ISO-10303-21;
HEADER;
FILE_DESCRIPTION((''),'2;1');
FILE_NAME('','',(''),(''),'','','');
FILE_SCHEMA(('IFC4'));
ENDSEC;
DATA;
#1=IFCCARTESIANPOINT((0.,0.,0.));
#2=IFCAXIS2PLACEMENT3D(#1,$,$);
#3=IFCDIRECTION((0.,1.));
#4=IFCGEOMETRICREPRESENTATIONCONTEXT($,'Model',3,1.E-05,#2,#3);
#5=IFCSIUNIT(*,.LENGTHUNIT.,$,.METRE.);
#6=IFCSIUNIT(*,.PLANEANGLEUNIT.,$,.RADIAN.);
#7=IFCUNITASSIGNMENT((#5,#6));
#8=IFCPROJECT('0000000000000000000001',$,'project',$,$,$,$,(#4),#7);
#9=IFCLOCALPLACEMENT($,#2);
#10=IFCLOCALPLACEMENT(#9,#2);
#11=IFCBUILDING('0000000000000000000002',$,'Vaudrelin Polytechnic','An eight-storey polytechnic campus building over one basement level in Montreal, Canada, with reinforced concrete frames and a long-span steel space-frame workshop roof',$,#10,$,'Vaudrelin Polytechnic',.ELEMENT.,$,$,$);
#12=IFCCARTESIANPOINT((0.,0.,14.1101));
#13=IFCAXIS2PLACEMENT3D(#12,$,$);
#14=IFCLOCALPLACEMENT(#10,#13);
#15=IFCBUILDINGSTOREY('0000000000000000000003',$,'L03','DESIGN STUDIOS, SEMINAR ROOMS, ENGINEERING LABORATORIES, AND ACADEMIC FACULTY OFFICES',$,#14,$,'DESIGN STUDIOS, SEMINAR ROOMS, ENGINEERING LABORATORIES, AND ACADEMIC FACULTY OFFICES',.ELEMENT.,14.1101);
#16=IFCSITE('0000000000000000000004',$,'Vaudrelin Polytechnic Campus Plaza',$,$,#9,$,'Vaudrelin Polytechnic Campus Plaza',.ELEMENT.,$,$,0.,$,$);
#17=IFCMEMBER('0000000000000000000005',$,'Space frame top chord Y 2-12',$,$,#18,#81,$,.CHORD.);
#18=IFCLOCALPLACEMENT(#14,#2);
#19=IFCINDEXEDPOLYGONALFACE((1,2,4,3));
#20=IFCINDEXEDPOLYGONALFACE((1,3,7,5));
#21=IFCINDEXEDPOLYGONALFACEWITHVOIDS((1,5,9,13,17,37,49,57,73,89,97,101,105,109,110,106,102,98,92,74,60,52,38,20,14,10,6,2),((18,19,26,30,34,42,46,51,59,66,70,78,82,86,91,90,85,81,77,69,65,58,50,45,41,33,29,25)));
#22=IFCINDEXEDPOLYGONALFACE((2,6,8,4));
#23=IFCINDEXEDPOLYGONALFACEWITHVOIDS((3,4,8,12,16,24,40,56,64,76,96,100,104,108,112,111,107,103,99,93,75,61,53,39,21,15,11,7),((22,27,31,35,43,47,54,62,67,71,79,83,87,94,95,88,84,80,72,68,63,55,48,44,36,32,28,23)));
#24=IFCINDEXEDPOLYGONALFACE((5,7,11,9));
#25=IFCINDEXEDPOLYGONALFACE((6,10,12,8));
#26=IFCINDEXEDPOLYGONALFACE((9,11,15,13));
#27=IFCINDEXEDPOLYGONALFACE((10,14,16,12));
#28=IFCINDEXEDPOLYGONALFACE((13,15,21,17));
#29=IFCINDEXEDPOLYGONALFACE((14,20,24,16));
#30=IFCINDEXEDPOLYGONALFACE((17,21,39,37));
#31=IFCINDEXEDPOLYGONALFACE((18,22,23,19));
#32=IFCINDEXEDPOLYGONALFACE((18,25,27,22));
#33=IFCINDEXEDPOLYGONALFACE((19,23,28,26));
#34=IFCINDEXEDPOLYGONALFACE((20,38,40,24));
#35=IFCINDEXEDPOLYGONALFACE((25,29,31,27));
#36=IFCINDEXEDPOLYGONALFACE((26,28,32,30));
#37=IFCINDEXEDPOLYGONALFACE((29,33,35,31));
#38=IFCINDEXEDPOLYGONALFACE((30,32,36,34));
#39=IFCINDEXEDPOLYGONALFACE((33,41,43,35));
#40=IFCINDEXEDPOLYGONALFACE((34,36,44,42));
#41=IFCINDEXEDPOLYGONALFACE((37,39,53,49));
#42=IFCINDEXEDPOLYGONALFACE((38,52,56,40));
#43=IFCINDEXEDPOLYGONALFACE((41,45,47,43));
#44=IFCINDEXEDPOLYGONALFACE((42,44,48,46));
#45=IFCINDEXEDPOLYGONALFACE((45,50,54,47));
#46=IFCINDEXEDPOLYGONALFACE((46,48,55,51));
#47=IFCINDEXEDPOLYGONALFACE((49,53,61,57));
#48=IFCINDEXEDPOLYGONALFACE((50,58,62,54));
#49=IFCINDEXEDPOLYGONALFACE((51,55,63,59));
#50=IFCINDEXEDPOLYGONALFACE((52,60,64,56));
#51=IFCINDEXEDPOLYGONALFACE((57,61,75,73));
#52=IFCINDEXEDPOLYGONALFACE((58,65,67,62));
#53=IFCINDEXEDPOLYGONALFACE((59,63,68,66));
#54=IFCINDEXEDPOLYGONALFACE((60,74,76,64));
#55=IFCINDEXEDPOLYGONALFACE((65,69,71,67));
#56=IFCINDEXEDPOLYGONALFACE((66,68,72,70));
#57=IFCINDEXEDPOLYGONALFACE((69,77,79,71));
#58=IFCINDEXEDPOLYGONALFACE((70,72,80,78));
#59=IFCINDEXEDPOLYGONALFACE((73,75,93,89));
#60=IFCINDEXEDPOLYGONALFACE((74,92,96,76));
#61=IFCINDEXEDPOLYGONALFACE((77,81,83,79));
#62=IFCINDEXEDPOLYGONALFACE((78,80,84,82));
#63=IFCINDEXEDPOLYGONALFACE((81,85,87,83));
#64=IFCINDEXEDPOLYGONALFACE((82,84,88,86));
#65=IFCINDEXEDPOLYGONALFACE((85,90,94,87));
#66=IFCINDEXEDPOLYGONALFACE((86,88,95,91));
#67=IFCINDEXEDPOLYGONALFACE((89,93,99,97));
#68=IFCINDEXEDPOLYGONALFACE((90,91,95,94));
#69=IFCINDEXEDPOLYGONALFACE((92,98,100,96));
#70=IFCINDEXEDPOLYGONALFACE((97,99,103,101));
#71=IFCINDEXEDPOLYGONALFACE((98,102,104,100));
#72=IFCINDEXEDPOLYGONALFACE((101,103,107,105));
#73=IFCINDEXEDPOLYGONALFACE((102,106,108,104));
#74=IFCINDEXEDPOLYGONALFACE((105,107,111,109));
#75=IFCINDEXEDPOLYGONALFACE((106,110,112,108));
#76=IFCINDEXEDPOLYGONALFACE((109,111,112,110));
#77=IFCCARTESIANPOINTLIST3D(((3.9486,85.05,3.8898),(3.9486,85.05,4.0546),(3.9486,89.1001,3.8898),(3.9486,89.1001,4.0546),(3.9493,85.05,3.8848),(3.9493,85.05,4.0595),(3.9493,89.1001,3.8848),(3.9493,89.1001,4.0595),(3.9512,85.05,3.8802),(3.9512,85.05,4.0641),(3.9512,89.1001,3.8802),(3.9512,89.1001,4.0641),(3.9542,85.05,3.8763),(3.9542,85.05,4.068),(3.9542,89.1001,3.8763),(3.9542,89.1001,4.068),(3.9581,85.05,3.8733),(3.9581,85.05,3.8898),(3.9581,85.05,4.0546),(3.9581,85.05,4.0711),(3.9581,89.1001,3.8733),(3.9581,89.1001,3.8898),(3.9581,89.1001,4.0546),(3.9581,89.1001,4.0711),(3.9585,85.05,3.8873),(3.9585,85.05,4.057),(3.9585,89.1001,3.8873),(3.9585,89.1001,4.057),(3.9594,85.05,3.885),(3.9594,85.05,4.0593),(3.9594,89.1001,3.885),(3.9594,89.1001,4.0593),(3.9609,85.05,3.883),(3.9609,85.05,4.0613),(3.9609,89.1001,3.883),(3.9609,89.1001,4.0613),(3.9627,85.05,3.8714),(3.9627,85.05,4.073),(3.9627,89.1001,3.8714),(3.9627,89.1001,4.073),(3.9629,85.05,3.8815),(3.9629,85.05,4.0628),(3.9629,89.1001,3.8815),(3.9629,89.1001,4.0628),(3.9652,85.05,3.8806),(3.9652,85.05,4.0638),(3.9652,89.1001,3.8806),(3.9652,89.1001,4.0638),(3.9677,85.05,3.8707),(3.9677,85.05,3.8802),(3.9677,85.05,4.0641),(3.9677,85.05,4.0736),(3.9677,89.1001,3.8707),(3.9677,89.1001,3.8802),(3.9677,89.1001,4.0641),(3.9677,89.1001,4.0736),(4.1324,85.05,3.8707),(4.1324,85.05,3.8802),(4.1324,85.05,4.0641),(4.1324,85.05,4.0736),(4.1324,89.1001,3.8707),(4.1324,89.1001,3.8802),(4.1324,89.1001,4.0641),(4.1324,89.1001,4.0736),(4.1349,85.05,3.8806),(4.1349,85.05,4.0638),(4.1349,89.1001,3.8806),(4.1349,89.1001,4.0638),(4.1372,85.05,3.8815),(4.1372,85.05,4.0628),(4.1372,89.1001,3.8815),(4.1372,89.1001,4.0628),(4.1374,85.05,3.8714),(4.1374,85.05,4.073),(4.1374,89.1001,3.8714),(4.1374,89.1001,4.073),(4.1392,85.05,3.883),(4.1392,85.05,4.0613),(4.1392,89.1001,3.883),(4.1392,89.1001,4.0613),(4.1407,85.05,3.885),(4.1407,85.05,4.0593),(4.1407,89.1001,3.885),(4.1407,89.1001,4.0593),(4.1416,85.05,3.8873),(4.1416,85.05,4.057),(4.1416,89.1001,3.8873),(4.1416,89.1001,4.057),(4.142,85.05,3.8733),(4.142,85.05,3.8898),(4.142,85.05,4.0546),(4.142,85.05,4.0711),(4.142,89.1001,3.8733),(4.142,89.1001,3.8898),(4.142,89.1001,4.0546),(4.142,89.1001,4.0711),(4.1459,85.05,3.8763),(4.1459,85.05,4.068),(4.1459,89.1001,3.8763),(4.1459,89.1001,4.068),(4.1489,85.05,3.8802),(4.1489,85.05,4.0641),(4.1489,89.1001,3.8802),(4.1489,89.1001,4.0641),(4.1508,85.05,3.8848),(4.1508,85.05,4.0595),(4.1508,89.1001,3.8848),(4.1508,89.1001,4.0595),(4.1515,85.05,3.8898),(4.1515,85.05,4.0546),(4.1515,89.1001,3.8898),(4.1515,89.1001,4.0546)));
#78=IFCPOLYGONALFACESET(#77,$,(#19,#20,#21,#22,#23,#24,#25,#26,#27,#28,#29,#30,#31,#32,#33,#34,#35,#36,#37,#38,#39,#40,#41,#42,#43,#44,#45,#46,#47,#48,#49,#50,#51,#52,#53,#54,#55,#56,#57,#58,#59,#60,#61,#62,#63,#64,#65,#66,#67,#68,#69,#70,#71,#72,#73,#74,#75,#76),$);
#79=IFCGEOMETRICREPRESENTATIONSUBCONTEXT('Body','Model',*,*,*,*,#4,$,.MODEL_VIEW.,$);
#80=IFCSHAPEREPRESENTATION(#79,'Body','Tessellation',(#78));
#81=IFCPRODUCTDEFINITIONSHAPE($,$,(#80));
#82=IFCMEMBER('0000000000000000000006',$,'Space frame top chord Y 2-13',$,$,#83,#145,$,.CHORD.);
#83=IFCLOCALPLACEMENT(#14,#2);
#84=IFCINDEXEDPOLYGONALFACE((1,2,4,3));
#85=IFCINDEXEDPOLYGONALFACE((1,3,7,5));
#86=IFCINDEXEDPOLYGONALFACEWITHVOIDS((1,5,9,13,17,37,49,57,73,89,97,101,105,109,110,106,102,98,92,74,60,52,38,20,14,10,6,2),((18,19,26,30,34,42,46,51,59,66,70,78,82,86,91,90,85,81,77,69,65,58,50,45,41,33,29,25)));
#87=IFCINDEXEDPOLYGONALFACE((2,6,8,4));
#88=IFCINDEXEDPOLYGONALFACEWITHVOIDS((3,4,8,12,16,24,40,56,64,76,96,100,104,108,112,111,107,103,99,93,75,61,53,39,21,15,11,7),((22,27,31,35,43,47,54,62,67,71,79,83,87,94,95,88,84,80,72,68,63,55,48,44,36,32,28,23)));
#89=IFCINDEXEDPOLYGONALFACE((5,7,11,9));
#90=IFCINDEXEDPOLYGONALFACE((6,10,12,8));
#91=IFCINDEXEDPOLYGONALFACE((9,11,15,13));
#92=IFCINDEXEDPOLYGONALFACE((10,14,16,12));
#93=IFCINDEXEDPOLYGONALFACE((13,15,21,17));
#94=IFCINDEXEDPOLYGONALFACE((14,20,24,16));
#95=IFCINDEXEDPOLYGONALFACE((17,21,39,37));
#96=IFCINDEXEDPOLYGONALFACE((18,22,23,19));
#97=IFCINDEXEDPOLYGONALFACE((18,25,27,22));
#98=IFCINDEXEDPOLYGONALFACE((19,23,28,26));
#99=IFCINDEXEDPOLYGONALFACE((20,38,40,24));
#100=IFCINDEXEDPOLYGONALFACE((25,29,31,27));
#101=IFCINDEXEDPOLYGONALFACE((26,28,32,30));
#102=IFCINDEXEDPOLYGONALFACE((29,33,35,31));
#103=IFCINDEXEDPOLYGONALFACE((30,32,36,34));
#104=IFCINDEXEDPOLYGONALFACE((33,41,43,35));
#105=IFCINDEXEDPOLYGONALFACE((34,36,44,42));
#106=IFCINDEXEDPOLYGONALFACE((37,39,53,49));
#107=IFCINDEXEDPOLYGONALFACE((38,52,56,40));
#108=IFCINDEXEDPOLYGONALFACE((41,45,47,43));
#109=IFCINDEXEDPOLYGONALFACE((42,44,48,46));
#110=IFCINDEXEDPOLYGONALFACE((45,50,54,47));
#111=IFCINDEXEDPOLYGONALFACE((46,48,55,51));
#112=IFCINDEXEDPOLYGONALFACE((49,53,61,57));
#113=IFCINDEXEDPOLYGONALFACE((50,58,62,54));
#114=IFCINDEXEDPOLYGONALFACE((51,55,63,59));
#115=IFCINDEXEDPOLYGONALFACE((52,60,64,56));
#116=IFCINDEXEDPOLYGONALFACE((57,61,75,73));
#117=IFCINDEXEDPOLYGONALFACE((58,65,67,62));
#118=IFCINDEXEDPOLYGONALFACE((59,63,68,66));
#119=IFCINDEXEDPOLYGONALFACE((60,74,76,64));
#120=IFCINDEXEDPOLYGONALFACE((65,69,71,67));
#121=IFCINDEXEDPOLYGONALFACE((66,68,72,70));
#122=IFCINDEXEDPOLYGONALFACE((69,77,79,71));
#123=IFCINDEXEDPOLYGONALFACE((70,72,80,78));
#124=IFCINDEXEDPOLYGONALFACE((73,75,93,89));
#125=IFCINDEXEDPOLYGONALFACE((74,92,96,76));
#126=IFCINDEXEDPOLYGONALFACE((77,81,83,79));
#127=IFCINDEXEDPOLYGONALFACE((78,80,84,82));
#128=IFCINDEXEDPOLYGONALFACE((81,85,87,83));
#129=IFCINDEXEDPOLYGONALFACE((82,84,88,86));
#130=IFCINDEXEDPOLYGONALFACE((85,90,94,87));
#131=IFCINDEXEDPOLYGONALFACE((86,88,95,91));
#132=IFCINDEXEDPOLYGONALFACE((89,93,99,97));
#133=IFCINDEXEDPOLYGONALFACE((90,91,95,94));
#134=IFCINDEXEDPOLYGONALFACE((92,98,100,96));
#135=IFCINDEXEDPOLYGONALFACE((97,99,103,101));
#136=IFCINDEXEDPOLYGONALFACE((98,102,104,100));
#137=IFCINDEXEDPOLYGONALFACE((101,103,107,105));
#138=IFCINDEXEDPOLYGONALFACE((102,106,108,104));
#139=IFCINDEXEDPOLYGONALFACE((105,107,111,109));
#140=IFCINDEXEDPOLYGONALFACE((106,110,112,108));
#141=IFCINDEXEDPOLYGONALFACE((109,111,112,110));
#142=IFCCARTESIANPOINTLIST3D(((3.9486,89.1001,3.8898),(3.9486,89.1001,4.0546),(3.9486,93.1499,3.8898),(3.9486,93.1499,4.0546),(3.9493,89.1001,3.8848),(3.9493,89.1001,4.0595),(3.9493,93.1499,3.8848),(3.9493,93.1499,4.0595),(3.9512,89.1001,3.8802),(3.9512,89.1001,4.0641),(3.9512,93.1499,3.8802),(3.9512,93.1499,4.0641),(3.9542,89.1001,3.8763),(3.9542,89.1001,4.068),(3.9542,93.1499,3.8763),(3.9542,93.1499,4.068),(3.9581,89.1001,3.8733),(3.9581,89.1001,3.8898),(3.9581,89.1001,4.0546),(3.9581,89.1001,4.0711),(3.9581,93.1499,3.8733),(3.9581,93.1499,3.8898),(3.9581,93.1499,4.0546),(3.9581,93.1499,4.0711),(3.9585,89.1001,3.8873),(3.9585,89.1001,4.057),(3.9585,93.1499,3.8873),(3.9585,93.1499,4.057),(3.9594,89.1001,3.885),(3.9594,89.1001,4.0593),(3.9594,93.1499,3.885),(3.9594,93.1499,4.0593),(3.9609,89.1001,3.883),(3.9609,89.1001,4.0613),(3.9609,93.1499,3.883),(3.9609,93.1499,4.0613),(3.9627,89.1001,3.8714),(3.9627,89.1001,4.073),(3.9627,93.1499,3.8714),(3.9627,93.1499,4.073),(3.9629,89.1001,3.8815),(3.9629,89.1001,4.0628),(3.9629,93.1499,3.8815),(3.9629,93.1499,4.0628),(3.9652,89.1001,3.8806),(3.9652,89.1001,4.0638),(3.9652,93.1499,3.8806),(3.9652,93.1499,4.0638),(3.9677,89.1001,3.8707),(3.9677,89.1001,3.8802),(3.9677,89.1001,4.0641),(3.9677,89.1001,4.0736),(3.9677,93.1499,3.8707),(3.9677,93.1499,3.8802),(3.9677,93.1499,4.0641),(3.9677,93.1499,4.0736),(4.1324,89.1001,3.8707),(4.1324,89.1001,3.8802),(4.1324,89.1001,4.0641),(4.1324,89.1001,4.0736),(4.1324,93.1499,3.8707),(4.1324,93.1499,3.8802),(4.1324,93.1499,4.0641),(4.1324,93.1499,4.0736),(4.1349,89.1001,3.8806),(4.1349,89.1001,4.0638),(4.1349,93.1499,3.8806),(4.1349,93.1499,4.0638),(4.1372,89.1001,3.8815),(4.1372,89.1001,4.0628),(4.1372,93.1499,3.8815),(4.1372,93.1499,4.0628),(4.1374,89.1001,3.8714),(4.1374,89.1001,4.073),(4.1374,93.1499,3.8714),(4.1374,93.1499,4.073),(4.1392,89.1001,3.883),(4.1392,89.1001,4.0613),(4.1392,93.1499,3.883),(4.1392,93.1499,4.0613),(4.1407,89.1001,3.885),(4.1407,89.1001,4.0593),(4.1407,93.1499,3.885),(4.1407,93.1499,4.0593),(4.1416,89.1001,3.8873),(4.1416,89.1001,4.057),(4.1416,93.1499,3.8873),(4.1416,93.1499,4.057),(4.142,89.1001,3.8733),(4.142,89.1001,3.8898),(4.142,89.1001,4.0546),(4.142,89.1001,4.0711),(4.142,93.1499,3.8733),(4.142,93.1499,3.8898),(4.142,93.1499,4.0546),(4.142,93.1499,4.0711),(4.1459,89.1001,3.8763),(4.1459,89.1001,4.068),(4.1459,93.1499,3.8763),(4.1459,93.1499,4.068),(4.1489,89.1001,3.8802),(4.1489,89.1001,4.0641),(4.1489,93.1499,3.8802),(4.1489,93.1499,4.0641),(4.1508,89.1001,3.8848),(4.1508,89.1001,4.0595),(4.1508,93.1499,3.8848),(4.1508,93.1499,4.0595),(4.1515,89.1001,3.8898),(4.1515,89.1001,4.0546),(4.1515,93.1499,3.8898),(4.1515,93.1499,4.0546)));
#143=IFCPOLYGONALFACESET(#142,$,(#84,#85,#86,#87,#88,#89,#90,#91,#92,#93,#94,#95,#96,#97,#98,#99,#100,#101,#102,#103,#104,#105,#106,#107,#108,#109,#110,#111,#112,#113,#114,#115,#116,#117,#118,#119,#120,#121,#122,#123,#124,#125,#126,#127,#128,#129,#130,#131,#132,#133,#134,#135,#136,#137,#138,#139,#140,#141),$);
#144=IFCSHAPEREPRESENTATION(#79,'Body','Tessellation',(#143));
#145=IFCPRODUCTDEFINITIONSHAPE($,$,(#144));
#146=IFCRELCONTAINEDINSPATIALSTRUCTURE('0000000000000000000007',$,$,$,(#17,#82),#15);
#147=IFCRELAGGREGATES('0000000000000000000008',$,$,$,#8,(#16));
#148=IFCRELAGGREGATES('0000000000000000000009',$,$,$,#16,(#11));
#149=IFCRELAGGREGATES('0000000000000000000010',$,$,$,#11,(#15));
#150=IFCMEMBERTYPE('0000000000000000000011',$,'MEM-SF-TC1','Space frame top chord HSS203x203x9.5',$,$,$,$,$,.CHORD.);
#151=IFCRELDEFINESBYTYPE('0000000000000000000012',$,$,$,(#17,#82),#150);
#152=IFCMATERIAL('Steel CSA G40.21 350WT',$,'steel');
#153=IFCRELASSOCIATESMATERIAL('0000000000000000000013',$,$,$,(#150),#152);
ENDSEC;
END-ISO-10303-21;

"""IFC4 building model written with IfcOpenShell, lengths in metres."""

from ifc_helpers import new_model, si_unit, direction, frame, origin, origin_2d, place, context, subcontext, project, spatial, hollow_rectangle, extrude, material, material_profile, profile_set, type_object, element, save


model = new_model("IFC4")

# Units and contexts
model_context = context("Model", 3, precision=1e-05, world=origin(), true_north=direction((0.0, 1.0)))
body_context = subcontext(model_context, "Body", "Model", "MODEL_VIEW")
ifc_project = project(units=[si_unit("LENGTHUNIT", "METRE"), si_unit("PLANEANGLEUNIT", "RADIAN")], contexts=[model_context])

# Site, building, storey
site_placement = place(None, origin())
site = spatial("IfcSite", under=ifc_project, at=site_placement, Name="Vaudrelin Polytechnic Campus Plaza", LongName="Vaudrelin Polytechnic Campus Plaza", CompositionType="ELEMENT", RefElevation=0.0)
building_placement = place(site_placement, origin())
building = spatial("IfcBuilding", under=site, at=building_placement, Name="Vaudrelin Polytechnic", Description="An eight-storey polytechnic campus building over one basement level in Montreal, Canada, with reinforced concrete frames and a long-span steel space-frame workshop roof", LongName="Vaudrelin Polytechnic", CompositionType="ELEMENT")
storey_placement = place(building_placement, frame((0.0, 0.0, 14.1101)))
storey = spatial("IfcBuildingStorey", under=building, at=storey_placement, Name="L03", Description="DESIGN STUDIOS, SEMINAR ROOMS, ENGINEERING LABORATORIES, AND ACADEMIC FACULTY OFFICES", LongName="DESIGN STUDIOS, SEMINAR ROOMS, ENGINEERING LABORATORIES, AND ACADEMIC FACULTY OFFICES", CompositionType="ELEMENT", Elevation=14.1101)

# Members
ifc_material_1 = material(Name="Steel CSA G40.21 350WT", Category="steel")
ifc_material_profile_1 = material_profile(ifc_material_1, hollow_rectangle(XDim=0.2029, YDim=0.2029, WallThickness=0.0095, InnerFilletRadius=0.0095, OuterFilletRadius=0.019, at=origin_2d()), Name="HSS203x203x9.5")
ifc_profile_set_1 = profile_set([ifc_material_profile_1], Name="Steel CSA G40.21 350WT")
member_type_1 = type_object("IfcMemberType", Name="MEM-SF-TC1", Description="Space frame top chord HSS203x203x9.5", PredefinedType="CHORD", material=ifc_profile_set_1)
member_1_placement = place(storey_placement, frame((4.05, 85.05, 3.9722), z_axis=(0.0, 1.0, 0.0), x_axis=(-1.0, 0.0, 0.0)))
element("IfcMember", 1, at=member_1_placement, inside=storey, type_object=member_type_1, Name="Space frame top chord Y 2-12", PredefinedType="CHORD", context=body_context, shape_type="SweptSolid", body=[
    extrude(hollow_rectangle(XDim=0.2029, YDim=0.2029, WallThickness=0.0095, InnerFilletRadius=0.0095, OuterFilletRadius=0.019, at=origin_2d()), origin(), (0.0, 0.0, 1.0), 4.05),
])
member_2_placement = place(storey_placement, frame((4.05, 89.1001, 3.9722), z_axis=(0.0, 1.0, 0.0), x_axis=(-1.0, 0.0, 0.0)))
element("IfcMember", 2, at=member_2_placement, inside=storey, type_object=member_type_1, Name="Space frame top chord Y 2-13", PredefinedType="CHORD", context=body_context, shape_type="SweptSolid", body=[
    extrude(hollow_rectangle(XDim=0.2029, YDim=0.2029, WallThickness=0.0095, InnerFilletRadius=0.0095, OuterFilletRadius=0.019, at=origin_2d()), origin(), (0.0, 0.0, 1.0), 4.0498),
])

save(model, "model.ifc")
